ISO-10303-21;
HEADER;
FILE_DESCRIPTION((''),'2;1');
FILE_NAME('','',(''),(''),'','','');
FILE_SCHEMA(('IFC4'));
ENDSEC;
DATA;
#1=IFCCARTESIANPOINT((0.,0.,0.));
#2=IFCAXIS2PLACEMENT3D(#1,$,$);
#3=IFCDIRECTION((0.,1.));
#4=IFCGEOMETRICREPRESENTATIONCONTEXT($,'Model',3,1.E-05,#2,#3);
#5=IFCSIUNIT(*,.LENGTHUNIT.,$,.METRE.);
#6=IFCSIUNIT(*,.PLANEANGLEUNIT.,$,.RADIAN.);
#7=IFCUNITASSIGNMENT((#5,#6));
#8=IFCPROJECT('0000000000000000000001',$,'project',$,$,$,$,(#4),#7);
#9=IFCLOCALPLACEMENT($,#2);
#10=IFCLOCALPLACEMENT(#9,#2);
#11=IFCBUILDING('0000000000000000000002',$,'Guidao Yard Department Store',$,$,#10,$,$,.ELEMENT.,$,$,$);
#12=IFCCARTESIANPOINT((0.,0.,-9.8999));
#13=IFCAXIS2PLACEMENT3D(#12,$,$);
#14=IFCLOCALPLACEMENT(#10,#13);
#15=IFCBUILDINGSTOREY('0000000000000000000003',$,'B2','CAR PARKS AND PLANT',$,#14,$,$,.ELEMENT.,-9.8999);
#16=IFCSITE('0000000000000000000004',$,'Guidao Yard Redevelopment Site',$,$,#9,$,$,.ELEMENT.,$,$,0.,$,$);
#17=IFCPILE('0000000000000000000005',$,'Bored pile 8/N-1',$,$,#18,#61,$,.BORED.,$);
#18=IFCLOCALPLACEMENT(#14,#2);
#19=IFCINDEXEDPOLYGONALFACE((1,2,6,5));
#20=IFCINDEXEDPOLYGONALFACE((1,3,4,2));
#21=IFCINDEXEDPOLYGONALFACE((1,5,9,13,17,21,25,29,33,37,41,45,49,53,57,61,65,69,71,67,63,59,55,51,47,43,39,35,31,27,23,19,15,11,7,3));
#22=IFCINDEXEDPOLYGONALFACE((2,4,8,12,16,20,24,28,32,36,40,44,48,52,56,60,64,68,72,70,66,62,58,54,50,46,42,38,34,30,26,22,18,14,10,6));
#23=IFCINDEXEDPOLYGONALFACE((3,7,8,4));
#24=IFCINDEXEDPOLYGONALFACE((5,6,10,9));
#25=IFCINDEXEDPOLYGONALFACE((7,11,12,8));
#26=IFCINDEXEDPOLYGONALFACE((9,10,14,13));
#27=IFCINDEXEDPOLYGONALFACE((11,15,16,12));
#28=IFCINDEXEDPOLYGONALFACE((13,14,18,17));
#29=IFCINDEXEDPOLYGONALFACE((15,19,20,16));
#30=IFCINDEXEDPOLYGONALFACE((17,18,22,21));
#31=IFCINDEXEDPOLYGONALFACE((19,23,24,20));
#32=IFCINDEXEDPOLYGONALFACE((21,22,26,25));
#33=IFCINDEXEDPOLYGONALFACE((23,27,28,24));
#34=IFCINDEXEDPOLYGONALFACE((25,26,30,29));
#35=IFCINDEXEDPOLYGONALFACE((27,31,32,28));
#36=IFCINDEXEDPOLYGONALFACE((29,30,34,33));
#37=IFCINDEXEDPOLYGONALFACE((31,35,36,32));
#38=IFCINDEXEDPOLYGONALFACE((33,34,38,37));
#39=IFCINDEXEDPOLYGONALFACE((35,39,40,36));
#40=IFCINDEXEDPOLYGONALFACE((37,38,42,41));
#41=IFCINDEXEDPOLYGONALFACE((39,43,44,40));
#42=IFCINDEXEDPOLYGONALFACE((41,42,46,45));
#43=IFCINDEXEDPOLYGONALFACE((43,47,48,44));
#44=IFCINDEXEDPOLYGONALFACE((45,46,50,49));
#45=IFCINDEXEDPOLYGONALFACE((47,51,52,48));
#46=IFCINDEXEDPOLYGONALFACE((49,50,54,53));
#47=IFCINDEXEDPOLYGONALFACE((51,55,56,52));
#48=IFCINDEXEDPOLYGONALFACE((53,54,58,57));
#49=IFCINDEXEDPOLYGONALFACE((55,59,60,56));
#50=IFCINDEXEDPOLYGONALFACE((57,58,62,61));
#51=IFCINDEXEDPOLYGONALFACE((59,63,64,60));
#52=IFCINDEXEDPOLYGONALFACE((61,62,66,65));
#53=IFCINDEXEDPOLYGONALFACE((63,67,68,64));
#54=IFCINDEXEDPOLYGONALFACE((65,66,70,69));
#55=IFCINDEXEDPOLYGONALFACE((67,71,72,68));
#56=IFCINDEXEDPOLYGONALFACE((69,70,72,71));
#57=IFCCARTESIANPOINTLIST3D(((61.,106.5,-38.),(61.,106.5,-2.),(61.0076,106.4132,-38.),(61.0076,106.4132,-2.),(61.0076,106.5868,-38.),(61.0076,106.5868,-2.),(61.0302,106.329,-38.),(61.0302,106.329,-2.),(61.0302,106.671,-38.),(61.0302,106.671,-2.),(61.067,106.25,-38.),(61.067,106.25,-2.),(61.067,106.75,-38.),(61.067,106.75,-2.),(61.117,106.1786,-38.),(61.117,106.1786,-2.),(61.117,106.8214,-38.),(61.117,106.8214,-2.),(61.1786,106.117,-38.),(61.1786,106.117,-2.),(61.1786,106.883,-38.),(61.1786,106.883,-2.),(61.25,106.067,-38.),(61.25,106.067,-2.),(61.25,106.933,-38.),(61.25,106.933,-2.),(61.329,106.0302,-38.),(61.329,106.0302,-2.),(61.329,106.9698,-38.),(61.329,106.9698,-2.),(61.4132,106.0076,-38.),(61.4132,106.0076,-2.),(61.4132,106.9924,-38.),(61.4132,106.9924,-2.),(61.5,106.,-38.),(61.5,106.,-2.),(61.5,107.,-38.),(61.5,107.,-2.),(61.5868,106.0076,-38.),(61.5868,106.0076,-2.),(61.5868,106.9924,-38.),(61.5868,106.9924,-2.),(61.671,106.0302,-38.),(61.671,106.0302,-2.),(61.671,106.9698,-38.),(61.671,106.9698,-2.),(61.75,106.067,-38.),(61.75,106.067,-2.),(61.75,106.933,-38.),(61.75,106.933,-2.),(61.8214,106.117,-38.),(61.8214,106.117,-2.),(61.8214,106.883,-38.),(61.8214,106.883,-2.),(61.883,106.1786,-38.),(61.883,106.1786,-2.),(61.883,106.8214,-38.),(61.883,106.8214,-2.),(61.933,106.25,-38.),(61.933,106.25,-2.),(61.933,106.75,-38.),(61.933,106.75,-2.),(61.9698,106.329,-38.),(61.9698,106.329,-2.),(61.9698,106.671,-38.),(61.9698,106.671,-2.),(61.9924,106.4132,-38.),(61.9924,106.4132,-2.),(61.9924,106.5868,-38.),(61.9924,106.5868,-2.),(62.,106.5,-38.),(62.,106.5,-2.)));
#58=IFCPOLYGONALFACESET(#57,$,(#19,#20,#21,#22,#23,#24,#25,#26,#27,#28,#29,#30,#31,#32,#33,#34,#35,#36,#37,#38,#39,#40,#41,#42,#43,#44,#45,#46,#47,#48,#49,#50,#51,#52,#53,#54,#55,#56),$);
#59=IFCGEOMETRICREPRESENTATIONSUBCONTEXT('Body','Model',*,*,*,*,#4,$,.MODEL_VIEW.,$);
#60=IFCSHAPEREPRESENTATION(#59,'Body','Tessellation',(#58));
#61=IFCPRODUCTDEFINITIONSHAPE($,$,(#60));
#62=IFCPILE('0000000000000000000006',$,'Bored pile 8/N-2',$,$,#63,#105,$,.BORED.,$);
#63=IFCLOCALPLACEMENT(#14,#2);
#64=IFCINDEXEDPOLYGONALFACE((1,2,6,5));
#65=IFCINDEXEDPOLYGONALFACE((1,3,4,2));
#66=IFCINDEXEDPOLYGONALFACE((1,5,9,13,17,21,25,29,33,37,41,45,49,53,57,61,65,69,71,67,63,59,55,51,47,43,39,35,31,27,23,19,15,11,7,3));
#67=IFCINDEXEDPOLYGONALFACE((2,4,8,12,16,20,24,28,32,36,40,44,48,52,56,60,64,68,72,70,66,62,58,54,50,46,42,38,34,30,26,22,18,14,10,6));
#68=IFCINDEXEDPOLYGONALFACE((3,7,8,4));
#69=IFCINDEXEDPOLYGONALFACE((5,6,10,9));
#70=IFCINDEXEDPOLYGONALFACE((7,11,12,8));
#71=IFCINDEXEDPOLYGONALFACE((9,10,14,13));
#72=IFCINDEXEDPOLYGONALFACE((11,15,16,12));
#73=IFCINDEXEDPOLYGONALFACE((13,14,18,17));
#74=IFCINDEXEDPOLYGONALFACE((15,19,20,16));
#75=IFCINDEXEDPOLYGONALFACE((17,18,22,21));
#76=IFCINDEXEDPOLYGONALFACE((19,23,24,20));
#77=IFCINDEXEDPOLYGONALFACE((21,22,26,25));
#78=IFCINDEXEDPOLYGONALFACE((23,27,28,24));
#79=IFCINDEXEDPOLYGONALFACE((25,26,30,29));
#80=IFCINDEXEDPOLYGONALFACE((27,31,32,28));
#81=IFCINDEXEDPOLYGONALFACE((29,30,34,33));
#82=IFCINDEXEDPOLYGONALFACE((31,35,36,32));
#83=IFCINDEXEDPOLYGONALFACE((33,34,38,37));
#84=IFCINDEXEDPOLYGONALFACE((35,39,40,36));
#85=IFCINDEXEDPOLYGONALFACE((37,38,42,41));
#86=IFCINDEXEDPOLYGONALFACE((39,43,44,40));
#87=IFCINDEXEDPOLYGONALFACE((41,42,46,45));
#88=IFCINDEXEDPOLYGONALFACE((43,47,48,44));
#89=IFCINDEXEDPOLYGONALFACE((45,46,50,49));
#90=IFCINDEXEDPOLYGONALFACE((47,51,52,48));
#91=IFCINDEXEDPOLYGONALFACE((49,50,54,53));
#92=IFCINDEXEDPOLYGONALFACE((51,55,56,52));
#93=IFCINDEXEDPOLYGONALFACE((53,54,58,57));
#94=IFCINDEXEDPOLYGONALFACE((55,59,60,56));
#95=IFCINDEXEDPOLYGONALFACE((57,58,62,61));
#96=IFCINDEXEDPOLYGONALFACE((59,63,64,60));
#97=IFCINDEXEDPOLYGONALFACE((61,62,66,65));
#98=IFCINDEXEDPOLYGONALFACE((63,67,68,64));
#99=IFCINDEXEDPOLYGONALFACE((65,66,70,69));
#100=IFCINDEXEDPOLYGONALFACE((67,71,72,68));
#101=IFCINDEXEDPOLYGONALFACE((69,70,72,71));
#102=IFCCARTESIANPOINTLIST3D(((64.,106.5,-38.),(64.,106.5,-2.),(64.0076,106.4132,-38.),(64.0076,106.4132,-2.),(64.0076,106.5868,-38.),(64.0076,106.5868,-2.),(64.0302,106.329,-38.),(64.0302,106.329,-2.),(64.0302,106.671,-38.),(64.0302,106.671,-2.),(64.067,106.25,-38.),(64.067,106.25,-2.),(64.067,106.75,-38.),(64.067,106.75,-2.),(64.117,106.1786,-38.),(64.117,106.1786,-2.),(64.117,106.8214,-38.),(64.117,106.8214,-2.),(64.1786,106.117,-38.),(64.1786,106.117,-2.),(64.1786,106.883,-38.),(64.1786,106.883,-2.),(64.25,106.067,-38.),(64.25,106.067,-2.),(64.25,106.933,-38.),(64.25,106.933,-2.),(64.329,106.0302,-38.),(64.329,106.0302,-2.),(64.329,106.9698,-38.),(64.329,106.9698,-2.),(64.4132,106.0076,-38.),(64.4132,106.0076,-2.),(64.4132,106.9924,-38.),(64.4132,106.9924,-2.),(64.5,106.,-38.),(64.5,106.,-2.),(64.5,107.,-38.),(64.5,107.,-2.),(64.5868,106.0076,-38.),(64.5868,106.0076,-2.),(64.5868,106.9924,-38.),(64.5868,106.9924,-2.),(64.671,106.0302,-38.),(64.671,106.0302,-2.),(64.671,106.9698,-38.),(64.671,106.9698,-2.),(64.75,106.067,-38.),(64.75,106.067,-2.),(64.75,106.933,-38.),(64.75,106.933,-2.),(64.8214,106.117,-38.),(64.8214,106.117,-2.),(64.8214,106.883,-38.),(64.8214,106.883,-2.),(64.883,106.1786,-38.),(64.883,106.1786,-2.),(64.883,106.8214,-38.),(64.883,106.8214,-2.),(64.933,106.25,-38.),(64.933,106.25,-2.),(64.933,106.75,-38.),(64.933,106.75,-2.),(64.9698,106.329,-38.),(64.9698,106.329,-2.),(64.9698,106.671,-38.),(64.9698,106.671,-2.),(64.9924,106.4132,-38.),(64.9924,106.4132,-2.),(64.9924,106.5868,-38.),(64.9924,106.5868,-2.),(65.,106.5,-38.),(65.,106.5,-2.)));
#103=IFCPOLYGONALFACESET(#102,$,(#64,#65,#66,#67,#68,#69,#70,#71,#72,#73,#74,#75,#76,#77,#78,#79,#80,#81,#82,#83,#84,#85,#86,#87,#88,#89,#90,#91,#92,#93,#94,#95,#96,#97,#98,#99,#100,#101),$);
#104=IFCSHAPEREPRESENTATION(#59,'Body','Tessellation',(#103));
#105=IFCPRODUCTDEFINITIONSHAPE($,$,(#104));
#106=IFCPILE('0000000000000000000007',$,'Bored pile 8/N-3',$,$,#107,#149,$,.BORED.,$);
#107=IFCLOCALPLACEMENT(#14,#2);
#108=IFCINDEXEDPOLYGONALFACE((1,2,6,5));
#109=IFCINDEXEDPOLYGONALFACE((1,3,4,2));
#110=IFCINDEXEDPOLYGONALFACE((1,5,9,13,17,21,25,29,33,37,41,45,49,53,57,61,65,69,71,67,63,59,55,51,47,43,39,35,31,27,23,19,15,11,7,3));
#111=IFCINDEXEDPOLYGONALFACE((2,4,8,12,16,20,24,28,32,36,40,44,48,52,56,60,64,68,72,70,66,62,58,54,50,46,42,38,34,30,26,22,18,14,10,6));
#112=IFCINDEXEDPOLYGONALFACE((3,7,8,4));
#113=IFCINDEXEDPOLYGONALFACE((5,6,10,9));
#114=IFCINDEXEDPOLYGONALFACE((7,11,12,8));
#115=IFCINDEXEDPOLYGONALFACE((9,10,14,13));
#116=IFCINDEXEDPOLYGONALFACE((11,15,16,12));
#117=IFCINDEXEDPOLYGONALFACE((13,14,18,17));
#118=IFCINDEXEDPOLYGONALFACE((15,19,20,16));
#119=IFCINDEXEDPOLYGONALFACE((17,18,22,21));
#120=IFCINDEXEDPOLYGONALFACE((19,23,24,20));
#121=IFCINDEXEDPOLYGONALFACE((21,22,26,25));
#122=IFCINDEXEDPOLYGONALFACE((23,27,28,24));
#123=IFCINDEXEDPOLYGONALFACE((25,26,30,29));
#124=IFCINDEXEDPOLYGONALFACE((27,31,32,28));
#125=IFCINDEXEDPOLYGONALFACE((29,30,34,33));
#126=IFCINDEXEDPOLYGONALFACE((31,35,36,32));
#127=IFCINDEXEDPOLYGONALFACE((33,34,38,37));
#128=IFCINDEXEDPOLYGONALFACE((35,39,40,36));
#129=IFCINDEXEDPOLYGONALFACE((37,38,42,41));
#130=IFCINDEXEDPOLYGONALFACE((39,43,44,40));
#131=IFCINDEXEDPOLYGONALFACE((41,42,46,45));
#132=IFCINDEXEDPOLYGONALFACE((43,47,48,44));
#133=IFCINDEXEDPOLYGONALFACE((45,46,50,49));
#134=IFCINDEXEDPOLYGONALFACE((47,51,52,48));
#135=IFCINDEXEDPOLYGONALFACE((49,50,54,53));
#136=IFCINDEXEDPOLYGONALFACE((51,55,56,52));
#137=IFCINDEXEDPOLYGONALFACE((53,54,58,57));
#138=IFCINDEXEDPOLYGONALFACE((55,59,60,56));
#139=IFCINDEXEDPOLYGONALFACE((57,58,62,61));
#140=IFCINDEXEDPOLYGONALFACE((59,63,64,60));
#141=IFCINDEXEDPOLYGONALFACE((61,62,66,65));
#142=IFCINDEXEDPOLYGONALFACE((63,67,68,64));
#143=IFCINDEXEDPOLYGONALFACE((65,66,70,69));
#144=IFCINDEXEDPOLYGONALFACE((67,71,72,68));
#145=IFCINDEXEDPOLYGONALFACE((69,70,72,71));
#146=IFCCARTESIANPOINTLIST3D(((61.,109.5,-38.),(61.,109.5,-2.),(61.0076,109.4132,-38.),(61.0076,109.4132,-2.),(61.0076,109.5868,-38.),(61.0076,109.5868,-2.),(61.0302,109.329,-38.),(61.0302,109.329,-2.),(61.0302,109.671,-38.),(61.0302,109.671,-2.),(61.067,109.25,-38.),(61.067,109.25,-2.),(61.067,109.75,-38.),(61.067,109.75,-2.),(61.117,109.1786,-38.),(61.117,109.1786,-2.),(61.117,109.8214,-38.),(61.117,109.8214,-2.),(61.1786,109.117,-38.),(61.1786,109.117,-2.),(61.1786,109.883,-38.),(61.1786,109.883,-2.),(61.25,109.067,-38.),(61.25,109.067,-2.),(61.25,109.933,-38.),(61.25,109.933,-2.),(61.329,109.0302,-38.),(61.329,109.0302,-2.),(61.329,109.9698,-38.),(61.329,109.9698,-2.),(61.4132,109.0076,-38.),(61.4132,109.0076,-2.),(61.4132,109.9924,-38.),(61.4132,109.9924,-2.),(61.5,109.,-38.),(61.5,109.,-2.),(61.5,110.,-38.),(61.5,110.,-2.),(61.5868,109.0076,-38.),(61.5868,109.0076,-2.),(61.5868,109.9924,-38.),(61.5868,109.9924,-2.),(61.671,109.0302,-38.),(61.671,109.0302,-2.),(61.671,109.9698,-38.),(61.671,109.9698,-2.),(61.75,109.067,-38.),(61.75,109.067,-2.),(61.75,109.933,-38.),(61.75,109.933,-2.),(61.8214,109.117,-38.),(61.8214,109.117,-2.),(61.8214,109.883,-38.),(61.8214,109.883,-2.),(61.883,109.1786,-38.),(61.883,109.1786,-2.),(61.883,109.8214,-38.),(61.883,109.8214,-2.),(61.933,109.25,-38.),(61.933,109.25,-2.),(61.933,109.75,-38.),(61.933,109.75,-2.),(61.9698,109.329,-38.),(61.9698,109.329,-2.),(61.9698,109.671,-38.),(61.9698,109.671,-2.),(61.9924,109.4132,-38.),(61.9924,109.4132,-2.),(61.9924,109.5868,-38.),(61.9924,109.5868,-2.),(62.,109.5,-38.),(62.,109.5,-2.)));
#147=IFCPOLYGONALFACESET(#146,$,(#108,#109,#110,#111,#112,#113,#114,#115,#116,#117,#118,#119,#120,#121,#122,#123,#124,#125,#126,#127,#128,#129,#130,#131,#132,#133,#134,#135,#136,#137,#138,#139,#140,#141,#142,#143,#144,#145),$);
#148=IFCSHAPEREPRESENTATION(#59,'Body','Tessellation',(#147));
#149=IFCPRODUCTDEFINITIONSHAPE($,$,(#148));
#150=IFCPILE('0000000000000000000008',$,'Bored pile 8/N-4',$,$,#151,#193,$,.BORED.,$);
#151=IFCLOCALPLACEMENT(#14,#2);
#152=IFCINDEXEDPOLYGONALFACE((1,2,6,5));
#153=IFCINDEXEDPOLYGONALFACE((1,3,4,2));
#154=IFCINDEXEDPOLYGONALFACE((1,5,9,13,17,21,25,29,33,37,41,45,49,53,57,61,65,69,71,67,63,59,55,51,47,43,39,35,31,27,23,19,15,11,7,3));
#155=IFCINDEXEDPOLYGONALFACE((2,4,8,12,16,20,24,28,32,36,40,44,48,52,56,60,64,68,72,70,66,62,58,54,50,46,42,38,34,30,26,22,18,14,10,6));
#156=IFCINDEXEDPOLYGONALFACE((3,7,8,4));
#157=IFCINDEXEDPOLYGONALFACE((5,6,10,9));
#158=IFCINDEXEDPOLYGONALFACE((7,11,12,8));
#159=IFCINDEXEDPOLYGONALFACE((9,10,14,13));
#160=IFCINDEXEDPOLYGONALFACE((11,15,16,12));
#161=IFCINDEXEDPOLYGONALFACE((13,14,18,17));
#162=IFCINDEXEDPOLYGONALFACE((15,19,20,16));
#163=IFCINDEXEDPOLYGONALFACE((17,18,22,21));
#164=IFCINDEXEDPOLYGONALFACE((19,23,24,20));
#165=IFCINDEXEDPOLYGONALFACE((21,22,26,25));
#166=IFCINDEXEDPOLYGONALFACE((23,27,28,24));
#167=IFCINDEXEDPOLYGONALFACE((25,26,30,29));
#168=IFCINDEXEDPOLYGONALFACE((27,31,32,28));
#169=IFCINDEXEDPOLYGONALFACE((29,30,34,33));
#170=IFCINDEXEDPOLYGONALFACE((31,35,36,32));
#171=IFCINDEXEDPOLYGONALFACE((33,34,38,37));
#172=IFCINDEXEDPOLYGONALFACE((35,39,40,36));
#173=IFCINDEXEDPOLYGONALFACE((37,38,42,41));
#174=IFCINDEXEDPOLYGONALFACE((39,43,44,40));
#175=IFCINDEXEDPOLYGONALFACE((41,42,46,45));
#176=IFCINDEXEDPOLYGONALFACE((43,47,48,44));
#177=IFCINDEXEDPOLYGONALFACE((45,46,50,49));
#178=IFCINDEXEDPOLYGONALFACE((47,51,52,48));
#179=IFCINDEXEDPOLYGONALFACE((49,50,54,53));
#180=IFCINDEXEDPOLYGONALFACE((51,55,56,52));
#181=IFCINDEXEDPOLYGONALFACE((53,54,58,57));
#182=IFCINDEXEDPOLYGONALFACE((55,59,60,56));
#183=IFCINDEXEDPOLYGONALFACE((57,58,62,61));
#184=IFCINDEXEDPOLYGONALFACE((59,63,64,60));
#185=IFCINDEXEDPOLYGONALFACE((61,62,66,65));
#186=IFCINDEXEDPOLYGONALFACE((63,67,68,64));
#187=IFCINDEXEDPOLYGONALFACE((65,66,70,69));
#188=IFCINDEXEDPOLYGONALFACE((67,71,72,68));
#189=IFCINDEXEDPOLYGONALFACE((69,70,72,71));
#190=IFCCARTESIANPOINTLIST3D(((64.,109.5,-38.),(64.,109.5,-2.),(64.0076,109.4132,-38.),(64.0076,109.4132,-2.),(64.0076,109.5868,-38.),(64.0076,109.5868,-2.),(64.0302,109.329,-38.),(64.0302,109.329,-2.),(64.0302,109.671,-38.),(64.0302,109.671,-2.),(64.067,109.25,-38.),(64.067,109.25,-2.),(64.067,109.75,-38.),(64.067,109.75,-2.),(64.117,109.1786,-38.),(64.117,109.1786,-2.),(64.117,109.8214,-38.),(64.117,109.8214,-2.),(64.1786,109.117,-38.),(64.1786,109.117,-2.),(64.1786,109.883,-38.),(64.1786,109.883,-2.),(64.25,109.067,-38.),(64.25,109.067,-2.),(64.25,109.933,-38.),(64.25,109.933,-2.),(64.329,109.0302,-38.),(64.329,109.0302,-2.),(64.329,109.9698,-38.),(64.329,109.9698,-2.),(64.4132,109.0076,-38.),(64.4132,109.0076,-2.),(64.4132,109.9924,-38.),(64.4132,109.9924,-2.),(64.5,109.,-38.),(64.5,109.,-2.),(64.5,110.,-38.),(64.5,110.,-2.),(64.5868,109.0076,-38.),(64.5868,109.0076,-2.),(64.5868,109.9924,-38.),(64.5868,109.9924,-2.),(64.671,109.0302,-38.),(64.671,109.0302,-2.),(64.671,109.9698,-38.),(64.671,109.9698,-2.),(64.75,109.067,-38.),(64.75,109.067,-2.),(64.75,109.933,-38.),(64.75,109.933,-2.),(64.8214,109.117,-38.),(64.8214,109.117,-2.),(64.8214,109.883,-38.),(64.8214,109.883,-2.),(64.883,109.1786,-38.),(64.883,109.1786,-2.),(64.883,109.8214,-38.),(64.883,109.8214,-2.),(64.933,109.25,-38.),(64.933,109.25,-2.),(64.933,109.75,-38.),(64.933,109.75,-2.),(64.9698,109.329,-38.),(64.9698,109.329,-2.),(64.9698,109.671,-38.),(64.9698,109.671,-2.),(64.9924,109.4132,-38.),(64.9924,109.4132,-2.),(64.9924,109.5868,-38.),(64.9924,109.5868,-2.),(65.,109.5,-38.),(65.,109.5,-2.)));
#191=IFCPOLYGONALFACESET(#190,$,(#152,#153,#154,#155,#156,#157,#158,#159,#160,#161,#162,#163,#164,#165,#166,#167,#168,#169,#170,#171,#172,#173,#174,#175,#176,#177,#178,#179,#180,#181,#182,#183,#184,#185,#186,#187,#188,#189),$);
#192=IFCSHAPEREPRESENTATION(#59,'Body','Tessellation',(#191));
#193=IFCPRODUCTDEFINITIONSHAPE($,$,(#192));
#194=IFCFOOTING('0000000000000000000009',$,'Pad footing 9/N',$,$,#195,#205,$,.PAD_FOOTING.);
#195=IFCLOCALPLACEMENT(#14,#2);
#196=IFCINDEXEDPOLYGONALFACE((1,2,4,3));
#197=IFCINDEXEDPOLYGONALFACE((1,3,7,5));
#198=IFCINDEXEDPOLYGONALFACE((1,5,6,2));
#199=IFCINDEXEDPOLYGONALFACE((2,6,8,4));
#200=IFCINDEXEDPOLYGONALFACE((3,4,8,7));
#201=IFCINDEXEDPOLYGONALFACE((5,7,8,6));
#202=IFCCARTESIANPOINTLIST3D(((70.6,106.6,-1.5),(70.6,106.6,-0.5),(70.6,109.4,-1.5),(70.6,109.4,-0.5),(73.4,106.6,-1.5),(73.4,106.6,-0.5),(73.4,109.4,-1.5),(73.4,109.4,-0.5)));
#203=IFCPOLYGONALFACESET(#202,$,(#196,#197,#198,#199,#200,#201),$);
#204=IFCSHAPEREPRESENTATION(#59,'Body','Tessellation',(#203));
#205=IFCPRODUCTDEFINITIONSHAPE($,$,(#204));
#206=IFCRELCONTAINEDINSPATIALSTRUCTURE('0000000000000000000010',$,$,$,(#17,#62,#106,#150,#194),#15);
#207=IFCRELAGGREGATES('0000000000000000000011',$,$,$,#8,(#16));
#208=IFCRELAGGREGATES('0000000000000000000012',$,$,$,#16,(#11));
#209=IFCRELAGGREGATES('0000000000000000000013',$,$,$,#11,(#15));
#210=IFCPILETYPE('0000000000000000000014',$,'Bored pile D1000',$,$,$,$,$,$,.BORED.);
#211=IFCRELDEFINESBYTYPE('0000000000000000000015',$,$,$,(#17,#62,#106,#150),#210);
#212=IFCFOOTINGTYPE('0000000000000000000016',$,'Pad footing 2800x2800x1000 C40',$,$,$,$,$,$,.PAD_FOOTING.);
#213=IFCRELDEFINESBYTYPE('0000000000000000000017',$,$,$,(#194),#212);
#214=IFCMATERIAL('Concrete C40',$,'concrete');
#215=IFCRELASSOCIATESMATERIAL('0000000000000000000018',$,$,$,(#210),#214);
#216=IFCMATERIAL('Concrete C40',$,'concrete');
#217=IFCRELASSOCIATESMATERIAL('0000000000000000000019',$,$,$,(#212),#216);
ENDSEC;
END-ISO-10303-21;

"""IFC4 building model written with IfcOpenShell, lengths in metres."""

from ifc_helpers import new_model, si_unit, direction, frame, origin, origin_2d, place, context, subcontext, project, spatial, rectangle, circle, extrude, material, material_profile, profile_set, type_object, element, save


model = new_model("IFC4")

# Units and contexts
model_context = context("Model", 3, precision=1e-05, world=origin(), true_north=direction((0.0, 1.0)))
body_context = subcontext(model_context, "Body", "Model", "MODEL_VIEW")
ifc_project = project(units=[si_unit("LENGTHUNIT", "METRE"), si_unit("PLANEANGLEUNIT", "RADIAN")], contexts=[model_context])

# Site, building, storey
site_placement = place(None, origin())
site = spatial("IfcSite", under=ifc_project, at=site_placement, Name="Guidao Yard Redevelopment Site", CompositionType="ELEMENT", RefElevation=0.0)
building_placement = place(site_placement, origin())
building = spatial("IfcBuilding", under=site, at=building_placement, Name="Guidao Yard Department Store", CompositionType="ELEMENT")
storey_placement = place(building_placement, frame((0.0, 0.0, -9.8999)))
storey = spatial("IfcBuildingStorey", under=building, at=storey_placement, Name="B2", Description="CAR PARKS AND PLANT", CompositionType="ELEMENT", Elevation=-9.8999)

# Piles
ifc_material_1 = material(Name="Concrete C40", Category="concrete")
ifc_material_profile_1 = material_profile(ifc_material_1, circle(Radius=0.5, at=origin_2d()), Name="Bored pile D1000")
ifc_profile_set_1 = profile_set([ifc_material_profile_1], Name="Concrete C40")
pile_type = type_object("IfcPileType", Name="Bored pile D1000", PredefinedType="BORED", material=ifc_profile_set_1)
for number, where, z_axis, x_axis, name in (
    (1, (61.5, 106.5, -2.0), (0.0, 0.0, -1.0), (1.0, 0.0, 0.0), "Bored pile 8/N-1"),
    (2, (64.5, 106.5, -2.0), (0.0, 0.0, -1.0), (1.0, 0.0, 0.0), "Bored pile 8/N-2"),
    (3, (61.5, 109.5, -2.0), (0.0, 0.0, -1.0), (1.0, 0.0, 0.0), "Bored pile 8/N-3"),
    (4, (64.5, 109.5, -2.0), (0.0, 0.0, -1.0), (1.0, 0.0, 0.0), "Bored pile 8/N-4"),
):
    element("IfcPile", number, at=place(storey_placement, frame(where, z_axis=z_axis, x_axis=x_axis)), inside=storey, type_object=pile_type, Name=name, PredefinedType="BORED", context=body_context, shape_type="SweptSolid", body=[
        extrude(circle(Radius=0.5, at=origin_2d()), origin(), (0.0, 0.0, 1.0), 36.0),
    ])

# Footing
ifc_material_2 = material(Name="Concrete C40", Category="concrete")
footing_type_1 = type_object("IfcFootingType", Name="Pad footing 2800x2800x1000 C40", PredefinedType="PAD_FOOTING", material=ifc_material_2)
footing_1_placement = place(storey_placement, frame((72.0, 108.0, -1.5), z_axis=(0.0, 0.0, 1.0), x_axis=(1.0, 0.0, 0.0)))
element("IfcFooting", 5, at=footing_1_placement, inside=storey, type_object=footing_type_1, Name="Pad footing 9/N", PredefinedType="PAD_FOOTING", context=body_context, shape_type="SweptSolid", body=[
    extrude(rectangle(XDim=2.8, YDim=2.8, at=origin_2d()), origin(), (0.0, 0.0, 1.0), 1.0),
])

save(model, "model.ifc")
